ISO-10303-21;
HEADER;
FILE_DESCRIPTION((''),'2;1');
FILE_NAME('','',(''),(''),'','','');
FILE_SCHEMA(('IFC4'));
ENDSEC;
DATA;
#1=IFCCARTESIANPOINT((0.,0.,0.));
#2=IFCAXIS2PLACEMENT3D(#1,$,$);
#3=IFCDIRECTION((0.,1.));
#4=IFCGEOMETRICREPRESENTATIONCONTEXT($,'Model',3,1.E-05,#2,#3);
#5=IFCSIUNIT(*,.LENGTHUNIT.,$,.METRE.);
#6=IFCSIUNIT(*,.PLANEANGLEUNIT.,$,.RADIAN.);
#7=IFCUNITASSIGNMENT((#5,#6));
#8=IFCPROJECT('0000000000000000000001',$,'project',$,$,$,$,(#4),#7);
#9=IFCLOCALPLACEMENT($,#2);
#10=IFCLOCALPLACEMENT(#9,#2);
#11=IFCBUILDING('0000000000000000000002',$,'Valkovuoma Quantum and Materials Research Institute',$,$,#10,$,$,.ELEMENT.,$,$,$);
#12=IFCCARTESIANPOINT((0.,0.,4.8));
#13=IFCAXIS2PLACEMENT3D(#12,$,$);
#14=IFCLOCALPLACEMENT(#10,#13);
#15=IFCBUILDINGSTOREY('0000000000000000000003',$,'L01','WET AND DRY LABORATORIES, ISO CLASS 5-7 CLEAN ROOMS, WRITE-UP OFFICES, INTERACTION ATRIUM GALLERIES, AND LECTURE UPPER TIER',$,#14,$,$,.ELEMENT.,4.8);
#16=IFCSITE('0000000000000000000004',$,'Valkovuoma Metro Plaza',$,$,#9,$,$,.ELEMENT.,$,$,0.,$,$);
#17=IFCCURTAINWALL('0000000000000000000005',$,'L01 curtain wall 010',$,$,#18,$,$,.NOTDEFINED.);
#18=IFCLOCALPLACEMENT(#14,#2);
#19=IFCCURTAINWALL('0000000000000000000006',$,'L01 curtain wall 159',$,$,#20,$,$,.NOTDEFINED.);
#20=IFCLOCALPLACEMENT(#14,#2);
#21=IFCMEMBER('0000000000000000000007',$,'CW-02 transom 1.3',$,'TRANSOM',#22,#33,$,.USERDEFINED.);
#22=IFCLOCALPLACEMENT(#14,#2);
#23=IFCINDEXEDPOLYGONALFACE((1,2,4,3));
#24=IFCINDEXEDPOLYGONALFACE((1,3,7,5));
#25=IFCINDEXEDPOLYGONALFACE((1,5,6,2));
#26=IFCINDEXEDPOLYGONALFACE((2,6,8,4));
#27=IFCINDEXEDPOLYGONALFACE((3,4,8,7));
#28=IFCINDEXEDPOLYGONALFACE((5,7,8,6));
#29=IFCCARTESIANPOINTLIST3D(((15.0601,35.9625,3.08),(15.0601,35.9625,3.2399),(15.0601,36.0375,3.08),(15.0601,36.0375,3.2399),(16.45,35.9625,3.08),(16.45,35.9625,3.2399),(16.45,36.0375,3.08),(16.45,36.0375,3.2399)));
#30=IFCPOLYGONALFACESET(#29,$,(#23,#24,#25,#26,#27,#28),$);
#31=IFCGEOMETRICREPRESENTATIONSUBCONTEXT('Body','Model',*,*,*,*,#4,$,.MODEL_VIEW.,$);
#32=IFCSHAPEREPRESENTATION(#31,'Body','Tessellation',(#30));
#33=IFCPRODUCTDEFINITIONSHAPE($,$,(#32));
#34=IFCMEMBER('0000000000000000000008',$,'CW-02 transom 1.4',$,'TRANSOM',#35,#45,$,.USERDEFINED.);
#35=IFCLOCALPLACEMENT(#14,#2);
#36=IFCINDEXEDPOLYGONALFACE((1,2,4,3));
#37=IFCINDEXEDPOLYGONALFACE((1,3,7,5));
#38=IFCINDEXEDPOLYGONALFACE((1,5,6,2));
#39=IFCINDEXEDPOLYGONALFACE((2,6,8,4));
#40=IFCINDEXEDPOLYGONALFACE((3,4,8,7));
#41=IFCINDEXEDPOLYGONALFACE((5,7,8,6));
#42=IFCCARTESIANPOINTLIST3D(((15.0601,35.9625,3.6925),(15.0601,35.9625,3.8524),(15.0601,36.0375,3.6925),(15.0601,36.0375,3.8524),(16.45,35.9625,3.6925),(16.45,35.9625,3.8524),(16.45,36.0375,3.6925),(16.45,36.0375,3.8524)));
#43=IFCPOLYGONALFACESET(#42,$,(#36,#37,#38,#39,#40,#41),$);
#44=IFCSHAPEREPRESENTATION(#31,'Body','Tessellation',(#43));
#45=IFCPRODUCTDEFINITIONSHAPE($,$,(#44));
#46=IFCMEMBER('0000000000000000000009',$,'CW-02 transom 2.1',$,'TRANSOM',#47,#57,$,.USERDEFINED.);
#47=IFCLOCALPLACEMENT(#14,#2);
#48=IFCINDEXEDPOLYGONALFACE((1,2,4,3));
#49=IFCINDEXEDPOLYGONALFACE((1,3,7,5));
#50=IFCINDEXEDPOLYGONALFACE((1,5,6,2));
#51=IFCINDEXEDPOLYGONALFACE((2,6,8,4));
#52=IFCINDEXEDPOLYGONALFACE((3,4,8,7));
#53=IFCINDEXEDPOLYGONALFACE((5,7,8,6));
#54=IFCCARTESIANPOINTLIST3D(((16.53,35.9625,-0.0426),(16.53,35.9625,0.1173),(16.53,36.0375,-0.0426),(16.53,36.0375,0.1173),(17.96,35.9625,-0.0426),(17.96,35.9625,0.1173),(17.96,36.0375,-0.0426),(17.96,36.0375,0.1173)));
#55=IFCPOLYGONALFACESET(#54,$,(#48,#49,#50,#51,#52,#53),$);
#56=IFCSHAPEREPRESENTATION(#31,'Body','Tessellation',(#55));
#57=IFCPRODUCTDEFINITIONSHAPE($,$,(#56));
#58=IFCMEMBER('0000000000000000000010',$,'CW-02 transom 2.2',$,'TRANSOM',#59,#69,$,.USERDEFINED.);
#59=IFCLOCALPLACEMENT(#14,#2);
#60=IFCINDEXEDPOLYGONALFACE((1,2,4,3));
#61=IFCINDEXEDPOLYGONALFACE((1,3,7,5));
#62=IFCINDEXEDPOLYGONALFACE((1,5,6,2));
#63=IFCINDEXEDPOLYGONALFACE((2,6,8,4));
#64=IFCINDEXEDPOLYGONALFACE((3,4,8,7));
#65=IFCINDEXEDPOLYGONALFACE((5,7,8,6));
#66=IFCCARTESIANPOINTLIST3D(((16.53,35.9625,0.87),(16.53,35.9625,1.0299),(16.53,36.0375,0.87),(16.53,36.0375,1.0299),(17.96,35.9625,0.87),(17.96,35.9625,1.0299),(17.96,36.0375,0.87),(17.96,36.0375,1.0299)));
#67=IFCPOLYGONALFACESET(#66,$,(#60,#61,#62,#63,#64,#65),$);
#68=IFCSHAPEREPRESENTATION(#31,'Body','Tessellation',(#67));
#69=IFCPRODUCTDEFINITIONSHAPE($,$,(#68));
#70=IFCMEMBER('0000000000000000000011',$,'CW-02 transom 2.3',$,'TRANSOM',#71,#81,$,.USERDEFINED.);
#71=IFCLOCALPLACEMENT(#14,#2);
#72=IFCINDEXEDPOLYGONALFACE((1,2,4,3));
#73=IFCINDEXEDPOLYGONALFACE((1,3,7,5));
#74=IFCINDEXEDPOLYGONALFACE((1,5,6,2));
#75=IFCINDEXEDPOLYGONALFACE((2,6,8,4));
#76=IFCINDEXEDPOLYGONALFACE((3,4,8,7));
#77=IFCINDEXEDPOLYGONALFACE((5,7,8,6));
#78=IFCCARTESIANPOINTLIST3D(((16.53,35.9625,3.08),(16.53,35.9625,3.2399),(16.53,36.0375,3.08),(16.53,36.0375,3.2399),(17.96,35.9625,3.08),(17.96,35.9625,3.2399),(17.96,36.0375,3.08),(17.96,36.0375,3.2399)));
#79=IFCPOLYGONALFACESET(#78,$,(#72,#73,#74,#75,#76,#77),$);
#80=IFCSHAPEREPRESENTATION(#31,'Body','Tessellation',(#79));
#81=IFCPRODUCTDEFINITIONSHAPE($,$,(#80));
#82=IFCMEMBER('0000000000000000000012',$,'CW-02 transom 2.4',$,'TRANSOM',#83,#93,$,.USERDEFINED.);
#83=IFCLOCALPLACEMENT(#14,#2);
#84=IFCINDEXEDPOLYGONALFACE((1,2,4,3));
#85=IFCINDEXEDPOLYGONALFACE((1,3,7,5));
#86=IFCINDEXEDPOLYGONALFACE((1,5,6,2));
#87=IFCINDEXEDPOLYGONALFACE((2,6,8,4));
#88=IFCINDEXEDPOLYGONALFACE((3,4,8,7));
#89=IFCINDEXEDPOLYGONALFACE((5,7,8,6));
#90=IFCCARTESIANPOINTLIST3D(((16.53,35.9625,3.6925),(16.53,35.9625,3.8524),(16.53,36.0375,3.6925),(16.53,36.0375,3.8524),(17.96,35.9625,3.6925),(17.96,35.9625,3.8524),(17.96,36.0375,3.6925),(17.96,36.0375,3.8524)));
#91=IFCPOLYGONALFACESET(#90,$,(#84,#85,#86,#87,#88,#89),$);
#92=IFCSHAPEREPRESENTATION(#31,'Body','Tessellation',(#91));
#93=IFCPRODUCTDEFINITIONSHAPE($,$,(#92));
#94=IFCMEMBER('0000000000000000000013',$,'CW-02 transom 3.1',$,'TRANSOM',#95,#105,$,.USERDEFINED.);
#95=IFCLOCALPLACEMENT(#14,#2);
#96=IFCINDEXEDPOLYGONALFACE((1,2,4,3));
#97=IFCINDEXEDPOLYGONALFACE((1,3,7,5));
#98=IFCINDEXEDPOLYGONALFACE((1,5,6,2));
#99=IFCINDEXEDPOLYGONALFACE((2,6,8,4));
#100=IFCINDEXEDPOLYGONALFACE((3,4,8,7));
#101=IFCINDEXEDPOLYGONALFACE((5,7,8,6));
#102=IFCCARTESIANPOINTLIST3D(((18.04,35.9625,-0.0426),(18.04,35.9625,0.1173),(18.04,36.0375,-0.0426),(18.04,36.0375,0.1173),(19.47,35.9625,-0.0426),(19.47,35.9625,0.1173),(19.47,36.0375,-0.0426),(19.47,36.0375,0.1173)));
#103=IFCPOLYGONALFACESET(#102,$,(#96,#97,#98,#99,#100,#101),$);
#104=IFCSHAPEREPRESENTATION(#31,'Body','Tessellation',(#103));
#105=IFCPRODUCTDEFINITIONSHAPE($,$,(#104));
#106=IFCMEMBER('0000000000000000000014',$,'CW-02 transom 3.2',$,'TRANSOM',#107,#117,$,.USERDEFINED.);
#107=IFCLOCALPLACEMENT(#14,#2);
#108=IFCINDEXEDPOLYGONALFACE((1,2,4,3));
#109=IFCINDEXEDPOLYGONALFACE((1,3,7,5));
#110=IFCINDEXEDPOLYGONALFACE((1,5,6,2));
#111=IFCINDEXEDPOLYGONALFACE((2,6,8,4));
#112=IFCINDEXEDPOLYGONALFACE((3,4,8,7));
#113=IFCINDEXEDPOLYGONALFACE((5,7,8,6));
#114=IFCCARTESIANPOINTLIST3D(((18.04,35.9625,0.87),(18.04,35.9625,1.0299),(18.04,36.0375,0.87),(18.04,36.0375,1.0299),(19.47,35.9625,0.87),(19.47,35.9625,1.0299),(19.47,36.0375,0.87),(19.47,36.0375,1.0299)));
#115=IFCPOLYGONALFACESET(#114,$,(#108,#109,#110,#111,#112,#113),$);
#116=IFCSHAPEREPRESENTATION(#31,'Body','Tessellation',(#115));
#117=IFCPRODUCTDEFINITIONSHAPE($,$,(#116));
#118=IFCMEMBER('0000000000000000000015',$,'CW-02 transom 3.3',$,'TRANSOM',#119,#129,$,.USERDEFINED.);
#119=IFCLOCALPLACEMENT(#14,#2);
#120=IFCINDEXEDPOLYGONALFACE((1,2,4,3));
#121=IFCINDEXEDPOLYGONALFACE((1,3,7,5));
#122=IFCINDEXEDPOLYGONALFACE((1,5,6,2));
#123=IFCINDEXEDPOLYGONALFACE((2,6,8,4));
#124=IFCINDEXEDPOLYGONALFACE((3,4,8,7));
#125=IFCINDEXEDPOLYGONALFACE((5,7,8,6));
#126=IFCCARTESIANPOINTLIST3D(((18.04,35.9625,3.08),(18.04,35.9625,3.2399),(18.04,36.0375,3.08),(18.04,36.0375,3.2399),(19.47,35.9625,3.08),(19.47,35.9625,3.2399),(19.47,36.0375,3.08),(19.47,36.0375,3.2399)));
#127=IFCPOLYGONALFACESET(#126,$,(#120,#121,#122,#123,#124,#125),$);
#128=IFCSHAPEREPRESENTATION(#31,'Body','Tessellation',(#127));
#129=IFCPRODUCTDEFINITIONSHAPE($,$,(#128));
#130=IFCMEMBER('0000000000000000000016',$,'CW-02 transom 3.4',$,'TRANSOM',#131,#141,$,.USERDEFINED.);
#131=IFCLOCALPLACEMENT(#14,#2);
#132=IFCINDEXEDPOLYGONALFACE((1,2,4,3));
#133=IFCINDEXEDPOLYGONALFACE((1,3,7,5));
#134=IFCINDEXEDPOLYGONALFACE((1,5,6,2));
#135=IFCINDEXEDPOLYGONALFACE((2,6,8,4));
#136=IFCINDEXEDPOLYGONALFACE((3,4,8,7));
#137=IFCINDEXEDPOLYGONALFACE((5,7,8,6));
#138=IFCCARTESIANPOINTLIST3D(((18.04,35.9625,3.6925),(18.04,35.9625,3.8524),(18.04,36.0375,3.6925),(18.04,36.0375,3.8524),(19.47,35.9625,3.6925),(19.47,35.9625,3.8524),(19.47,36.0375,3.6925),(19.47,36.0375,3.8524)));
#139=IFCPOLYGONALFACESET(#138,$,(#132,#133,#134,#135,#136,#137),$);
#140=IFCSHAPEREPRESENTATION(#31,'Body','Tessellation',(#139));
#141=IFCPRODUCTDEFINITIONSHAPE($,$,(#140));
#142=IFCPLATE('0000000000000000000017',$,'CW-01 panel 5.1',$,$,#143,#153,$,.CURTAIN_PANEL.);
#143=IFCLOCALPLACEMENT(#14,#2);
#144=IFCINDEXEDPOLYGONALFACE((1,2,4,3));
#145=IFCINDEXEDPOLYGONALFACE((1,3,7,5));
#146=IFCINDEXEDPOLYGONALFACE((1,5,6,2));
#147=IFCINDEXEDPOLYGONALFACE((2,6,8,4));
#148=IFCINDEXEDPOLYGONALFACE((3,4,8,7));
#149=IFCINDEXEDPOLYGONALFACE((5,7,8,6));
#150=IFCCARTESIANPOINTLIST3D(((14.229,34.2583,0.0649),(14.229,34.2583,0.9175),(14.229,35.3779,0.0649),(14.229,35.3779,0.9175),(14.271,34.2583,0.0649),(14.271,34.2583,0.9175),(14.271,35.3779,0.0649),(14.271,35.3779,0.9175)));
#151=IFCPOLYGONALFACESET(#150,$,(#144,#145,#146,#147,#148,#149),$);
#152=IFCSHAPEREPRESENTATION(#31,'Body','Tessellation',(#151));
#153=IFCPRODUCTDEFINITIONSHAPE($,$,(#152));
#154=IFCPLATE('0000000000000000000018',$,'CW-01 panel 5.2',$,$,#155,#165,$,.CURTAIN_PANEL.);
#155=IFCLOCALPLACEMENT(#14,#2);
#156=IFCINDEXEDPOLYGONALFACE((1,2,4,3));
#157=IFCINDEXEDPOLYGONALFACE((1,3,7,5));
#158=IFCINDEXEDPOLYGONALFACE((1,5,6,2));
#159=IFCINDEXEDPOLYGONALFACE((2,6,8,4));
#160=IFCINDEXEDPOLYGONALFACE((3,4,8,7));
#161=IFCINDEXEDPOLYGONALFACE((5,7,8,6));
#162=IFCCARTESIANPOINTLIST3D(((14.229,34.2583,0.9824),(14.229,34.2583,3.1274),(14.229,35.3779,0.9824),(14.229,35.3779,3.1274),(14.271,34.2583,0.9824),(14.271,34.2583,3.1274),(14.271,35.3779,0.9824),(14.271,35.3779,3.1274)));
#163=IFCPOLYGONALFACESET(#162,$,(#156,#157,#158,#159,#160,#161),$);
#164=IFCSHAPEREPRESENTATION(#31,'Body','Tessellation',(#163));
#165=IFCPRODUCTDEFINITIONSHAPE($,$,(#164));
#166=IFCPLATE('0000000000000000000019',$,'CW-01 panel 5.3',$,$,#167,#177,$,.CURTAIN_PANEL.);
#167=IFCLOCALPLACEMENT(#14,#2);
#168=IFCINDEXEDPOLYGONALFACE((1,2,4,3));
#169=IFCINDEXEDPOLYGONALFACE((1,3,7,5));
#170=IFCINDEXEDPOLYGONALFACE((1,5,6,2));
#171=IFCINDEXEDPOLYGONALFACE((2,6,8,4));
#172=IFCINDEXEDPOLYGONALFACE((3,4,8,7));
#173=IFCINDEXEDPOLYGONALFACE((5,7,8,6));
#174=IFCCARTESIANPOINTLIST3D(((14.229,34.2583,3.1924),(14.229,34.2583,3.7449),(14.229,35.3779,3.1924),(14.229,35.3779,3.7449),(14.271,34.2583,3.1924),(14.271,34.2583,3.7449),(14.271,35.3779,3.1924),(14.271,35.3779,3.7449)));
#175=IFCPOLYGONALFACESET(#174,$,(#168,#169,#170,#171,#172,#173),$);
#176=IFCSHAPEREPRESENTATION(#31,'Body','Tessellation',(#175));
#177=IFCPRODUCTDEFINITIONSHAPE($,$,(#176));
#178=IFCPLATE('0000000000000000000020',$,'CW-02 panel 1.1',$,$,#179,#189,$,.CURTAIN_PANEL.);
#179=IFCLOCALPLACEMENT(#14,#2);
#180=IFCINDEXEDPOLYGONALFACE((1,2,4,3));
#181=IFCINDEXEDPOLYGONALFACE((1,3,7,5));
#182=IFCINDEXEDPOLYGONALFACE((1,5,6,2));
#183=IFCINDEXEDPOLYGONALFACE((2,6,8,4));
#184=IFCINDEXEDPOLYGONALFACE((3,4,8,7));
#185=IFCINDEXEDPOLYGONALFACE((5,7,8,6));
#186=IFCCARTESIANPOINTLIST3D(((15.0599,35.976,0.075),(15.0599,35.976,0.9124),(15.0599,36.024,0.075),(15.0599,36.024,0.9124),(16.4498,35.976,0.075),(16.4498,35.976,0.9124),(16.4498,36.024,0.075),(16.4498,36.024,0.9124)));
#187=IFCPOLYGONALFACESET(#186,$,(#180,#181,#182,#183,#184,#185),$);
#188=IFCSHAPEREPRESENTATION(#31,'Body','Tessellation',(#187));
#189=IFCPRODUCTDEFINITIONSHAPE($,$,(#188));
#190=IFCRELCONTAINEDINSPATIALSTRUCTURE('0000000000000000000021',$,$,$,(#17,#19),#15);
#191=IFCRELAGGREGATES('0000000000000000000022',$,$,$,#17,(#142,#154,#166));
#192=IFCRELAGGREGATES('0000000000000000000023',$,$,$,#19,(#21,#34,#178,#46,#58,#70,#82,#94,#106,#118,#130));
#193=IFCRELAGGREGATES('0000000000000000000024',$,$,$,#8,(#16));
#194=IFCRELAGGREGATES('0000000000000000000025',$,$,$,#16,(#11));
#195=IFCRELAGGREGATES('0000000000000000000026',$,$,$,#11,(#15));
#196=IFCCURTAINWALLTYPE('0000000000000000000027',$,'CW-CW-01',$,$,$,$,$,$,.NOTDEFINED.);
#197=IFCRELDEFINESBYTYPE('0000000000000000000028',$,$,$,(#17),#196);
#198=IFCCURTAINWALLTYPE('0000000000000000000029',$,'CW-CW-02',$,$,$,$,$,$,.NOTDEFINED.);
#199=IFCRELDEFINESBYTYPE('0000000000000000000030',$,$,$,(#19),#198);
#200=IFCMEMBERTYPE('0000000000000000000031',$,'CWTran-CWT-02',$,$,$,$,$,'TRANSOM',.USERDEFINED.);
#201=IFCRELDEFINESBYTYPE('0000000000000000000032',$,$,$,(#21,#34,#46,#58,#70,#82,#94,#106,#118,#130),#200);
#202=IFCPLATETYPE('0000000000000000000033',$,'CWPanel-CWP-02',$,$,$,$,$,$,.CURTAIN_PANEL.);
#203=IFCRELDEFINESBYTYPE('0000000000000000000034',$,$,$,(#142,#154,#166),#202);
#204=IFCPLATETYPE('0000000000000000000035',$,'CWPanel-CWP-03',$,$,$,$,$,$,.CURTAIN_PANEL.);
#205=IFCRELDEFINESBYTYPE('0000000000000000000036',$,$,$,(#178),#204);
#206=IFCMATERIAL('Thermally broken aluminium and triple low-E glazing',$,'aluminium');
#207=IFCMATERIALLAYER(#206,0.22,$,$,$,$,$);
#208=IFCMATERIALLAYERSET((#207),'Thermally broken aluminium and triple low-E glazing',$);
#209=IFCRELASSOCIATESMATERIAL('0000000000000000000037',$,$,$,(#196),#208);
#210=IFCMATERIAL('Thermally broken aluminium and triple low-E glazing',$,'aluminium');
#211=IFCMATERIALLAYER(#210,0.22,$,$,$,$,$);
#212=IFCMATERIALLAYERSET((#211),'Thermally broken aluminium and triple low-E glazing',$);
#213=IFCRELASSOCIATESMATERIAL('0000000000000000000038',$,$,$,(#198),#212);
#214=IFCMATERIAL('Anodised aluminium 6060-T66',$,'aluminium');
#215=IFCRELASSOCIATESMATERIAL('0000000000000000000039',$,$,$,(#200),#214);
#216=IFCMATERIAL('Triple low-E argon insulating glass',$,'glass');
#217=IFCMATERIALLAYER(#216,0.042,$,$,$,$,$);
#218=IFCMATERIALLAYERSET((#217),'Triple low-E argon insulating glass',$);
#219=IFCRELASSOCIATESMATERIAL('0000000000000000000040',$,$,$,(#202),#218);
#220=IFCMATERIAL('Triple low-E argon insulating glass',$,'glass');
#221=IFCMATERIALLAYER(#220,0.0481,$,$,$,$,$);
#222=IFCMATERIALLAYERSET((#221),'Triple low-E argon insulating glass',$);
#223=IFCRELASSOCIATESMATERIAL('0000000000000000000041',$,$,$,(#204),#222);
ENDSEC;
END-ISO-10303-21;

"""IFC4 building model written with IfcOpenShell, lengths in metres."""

from ifc_helpers import new_model, si_unit, direction, frame, origin, origin_2d, place, context, subcontext, project, spatial, rectangle, extrude, material, layer, layer_set, material_profile, profile_set, type_object, element, aggregate, save


model = new_model("IFC4")

# Units and contexts
model_context = context("Model", 3, precision=1e-05, world=origin(), true_north=direction((0.0, 1.0)))
body_context = subcontext(model_context, "Body", "Model", "MODEL_VIEW")
ifc_project = project(units=[si_unit("LENGTHUNIT", "METRE"), si_unit("PLANEANGLEUNIT", "RADIAN")], contexts=[model_context])

# Site, building, storey
site_placement = place(None, origin())
site = spatial("IfcSite", under=ifc_project, at=site_placement, Name="Valkovuoma Metro Plaza", CompositionType="ELEMENT", RefElevation=0.0)
building_placement = place(site_placement, origin())
building = spatial("IfcBuilding", under=site, at=building_placement, Name="Valkovuoma Quantum and Materials Research Institute", CompositionType="ELEMENT")
storey_placement = place(building_placement, frame((0.0, 0.0, 4.8)))
storey = spatial("IfcBuildingStorey", under=building, at=storey_placement, Name="L01", Description="WET AND DRY LABORATORIES, ISO CLASS 5-7 CLEAN ROOMS, WRITE-UP OFFICES, INTERACTION ATRIUM GALLERIES, AND LECTURE UPPER TIER", CompositionType="ELEMENT", Elevation=4.8)

# Curtain wall
ifc_material_1 = material(Name="Thermally broken aluminium and triple low-E glazing", Category="aluminium")
ifc_layer_1 = layer(ifc_material_1, 0.22)
ifc_layer_set_1 = layer_set([ifc_layer_1], Name="Thermally broken aluminium and triple low-E glazing")
curtain_wall_type_1 = type_object("IfcCurtainWallType", Name="CW-CW-01", PredefinedType="NOTDEFINED", material=ifc_layer_set_1)
curtain_wall_1_placement = place(storey_placement, origin())
curtain_wall_1 = element("IfcCurtainWall", 1, at=curtain_wall_1_placement, inside=storey, type_object=curtain_wall_type_1, Name="L01 curtain wall 010", PredefinedType="NOTDEFINED")

# Curtain wall
ifc_material_2 = material(Name="Thermally broken aluminium and triple low-E glazing", Category="aluminium")
ifc_layer_2 = layer(ifc_material_2, 0.22)
ifc_layer_set_2 = layer_set([ifc_layer_2], Name="Thermally broken aluminium and triple low-E glazing")
curtain_wall_type_2 = type_object("IfcCurtainWallType", Name="CW-CW-02", PredefinedType="NOTDEFINED", material=ifc_layer_set_2)
curtain_wall_2_placement = place(storey_placement, origin())
curtain_wall_2 = element("IfcCurtainWall", 2, at=curtain_wall_2_placement, inside=storey, type_object=curtain_wall_type_2, Name="L01 curtain wall 159", PredefinedType="NOTDEFINED")

# Members
ifc_material_3 = material(Name="Anodised aluminium 6060-T66", Category="aluminium")
ifc_material_profile_1 = material_profile(ifc_material_3, rectangle(XDim=0.075, YDim=0.1599, at=origin_2d()), Name="Anodised aluminium 6060-T66")
ifc_profile_set_1 = profile_set([ifc_material_profile_1], Name="Anodised aluminium 6060-T66")
member_type_1 = type_object("IfcMemberType", Name="CWTran-CWT-02", ElementType="TRANSOM", PredefinedType="USERDEFINED", material=ifc_profile_set_1)
member_1_placement = place(storey_placement, frame((15.0601, 36.0, 3.1599), z_axis=(1.0, 0.0, 0.0), x_axis=(0.0, 1.0, 0.0)))
member_1 = element("IfcMember", 3, at=member_1_placement, type_object=member_type_1, Name="CW-02 transom 1.3", ObjectType="TRANSOM", PredefinedType="USERDEFINED", context=body_context, shape_type="SweptSolid", body=[
    extrude(rectangle(XDim=0.075, YDim=0.1599, at=origin_2d()), origin(), (0.0, 0.0, 1.0), 1.3899),
])
member_2_placement = place(storey_placement, frame((15.0601, 36.0, 3.7725), z_axis=(1.0, 0.0, 0.0), x_axis=(0.0, 1.0, 0.0)))
member_2 = element("IfcMember", 4, at=member_2_placement, type_object=member_type_1, Name="CW-02 transom 1.4", ObjectType="TRANSOM", PredefinedType="USERDEFINED", context=body_context, shape_type="SweptSolid", body=[
    extrude(rectangle(XDim=0.075, YDim=0.1599, at=origin_2d()), origin(), (0.0, 0.0, 1.0), 1.3899),
])
member_3_placement = place(storey_placement, frame((16.53, 36.0, 0.0374), z_axis=(1.0, 0.0, 0.0), x_axis=(0.0, 1.0, 0.0)))
member_3 = element("IfcMember", 5, at=member_3_placement, type_object=member_type_1, Name="CW-02 transom 2.1", ObjectType="TRANSOM", PredefinedType="USERDEFINED", context=body_context, shape_type="SweptSolid", body=[
    extrude(rectangle(XDim=0.075, YDim=0.1599, at=origin_2d()), origin(), (0.0, 0.0, 1.0), 1.4299),
])
member_4_placement = place(storey_placement, frame((16.53, 36.0, 0.95), z_axis=(1.0, 0.0, 0.0), x_axis=(0.0, 1.0, 0.0)))
member_4 = element("IfcMember", 6, at=member_4_placement, type_object=member_type_1, Name="CW-02 transom 2.2", ObjectType="TRANSOM", PredefinedType="USERDEFINED", context=body_context, shape_type="SweptSolid", body=[
    extrude(rectangle(XDim=0.075, YDim=0.1599, at=origin_2d()), origin(), (0.0, 0.0, 1.0), 1.4299),
])
member_5_placement = place(storey_placement, frame((16.53, 36.0, 3.1599), z_axis=(1.0, 0.0, 0.0), x_axis=(0.0, 1.0, 0.0)))
member_5 = element("IfcMember", 7, at=member_5_placement, type_object=member_type_1, Name="CW-02 transom 2.3", ObjectType="TRANSOM", PredefinedType="USERDEFINED", context=body_context, shape_type="SweptSolid", body=[
    extrude(rectangle(XDim=0.075, YDim=0.1599, at=origin_2d()), origin(), (0.0, 0.0, 1.0), 1.4299),
])
member_6_placement = place(storey_placement, frame((16.53, 36.0, 3.7725), z_axis=(1.0, 0.0, 0.0), x_axis=(0.0, 1.0, 0.0)))
member_6 = element("IfcMember", 8, at=member_6_placement, type_object=member_type_1, Name="CW-02 transom 2.4", ObjectType="TRANSOM", PredefinedType="USERDEFINED", context=body_context, shape_type="SweptSolid", body=[
    extrude(rectangle(XDim=0.075, YDim=0.1599, at=origin_2d()), origin(), (0.0, 0.0, 1.0), 1.4299),
])
member_7_placement = place(storey_placement, frame((18.04, 36.0, 0.0374), z_axis=(1.0, 0.0, 0.0), x_axis=(0.0, 1.0, 0.0)))
member_7 = element("IfcMember", 9, at=member_7_placement, type_object=member_type_1, Name="CW-02 transom 3.1", ObjectType="TRANSOM", PredefinedType="USERDEFINED", context=body_context, shape_type="SweptSolid", body=[
    extrude(rectangle(XDim=0.075, YDim=0.1599, at=origin_2d()), origin(), (0.0, 0.0, 1.0), 1.4299),
])
member_8_placement = place(storey_placement, frame((18.04, 36.0, 0.95), z_axis=(1.0, 0.0, 0.0), x_axis=(0.0, 1.0, 0.0)))
member_8 = element("IfcMember", 10, at=member_8_placement, type_object=member_type_1, Name="CW-02 transom 3.2", ObjectType="TRANSOM", PredefinedType="USERDEFINED", context=body_context, shape_type="SweptSolid", body=[
    extrude(rectangle(XDim=0.075, YDim=0.1599, at=origin_2d()), origin(), (0.0, 0.0, 1.0), 1.4299),
])
member_9_placement = place(storey_placement, frame((18.04, 36.0, 3.1599), z_axis=(1.0, 0.0, 0.0), x_axis=(0.0, 1.0, 0.0)))
member_9 = element("IfcMember", 11, at=member_9_placement, type_object=member_type_1, Name="CW-02 transom 3.3", ObjectType="TRANSOM", PredefinedType="USERDEFINED", context=body_context, shape_type="SweptSolid", body=[
    extrude(rectangle(XDim=0.075, YDim=0.1599, at=origin_2d()), origin(), (0.0, 0.0, 1.0), 1.4299),
])
member_10_placement = place(storey_placement, frame((18.04, 36.0, 3.7725), z_axis=(1.0, 0.0, 0.0), x_axis=(0.0, 1.0, 0.0)))
member_10 = element("IfcMember", 12, at=member_10_placement, type_object=member_type_1, Name="CW-02 transom 3.4", ObjectType="TRANSOM", PredefinedType="USERDEFINED", context=body_context, shape_type="SweptSolid", body=[
    extrude(rectangle(XDim=0.075, YDim=0.1599, at=origin_2d()), origin(), (0.0, 0.0, 1.0), 1.4299),
])

# Plates
ifc_material_4 = material(Name="Triple low-E argon insulating glass", Category="glass")
ifc_layer_3 = layer(ifc_material_4, 0.042)
ifc_layer_set_3 = layer_set([ifc_layer_3], Name="Triple low-E argon insulating glass")
plate_type_1 = type_object("IfcPlateType", Name="CWPanel-CWP-02", PredefinedType="CURTAIN_PANEL", material=ifc_layer_set_3)
plate_1_placement = place(storey_placement, frame((14.25, 34.8181, 0.0649), z_axis=(0.0, 0.0, 1.0), x_axis=(0.0, 1.0, 0.0)))
plate_1 = element("IfcPlate", 13, at=plate_1_placement, type_object=plate_type_1, Name="CW-01 panel 5.1", PredefinedType="CURTAIN_PANEL", context=body_context, shape_type="SweptSolid", body=[
    extrude(rectangle(XDim=1.1196, YDim=0.042, at=origin_2d()), origin(), (0.0, 0.0, 1.0), 0.8525),
])
plate_2_placement = place(storey_placement, frame((14.25, 34.8181, 0.9824), z_axis=(0.0, 0.0, 1.0), x_axis=(0.0, 1.0, 0.0)))
plate_2 = element("IfcPlate", 14, at=plate_2_placement, type_object=plate_type_1, Name="CW-01 panel 5.2", PredefinedType="CURTAIN_PANEL", context=body_context, shape_type="SweptSolid", body=[
    extrude(rectangle(XDim=1.1196, YDim=0.042, at=origin_2d()), origin(), (0.0, 0.0, 1.0), 2.145),
])
plate_3_placement = place(storey_placement, frame((14.25, 34.8181, 3.1924), z_axis=(0.0, 0.0, 1.0), x_axis=(0.0, 1.0, 0.0)))
plate_3 = element("IfcPlate", 15, at=plate_3_placement, type_object=plate_type_1, Name="CW-01 panel 5.3", PredefinedType="CURTAIN_PANEL", context=body_context, shape_type="SweptSolid", body=[
    extrude(rectangle(XDim=1.1196, YDim=0.042, at=origin_2d()), origin(), (0.0, 0.0, 1.0), 0.5525),
])
aggregate(curtain_wall_1, [plate_1, plate_2, plate_3])
ifc_material_5 = material(Name="Triple low-E argon insulating glass", Category="glass")
ifc_layer_4 = layer(ifc_material_5, 0.0481)
ifc_layer_set_4 = layer_set([ifc_layer_4], Name="Triple low-E argon insulating glass")
plate_type_2 = type_object("IfcPlateType", Name="CWPanel-CWP-03", PredefinedType="CURTAIN_PANEL", material=ifc_layer_set_4)
plate_4_placement = place(storey_placement, frame((15.7549, 36.0, 0.075), z_axis=(0.0, 0.0, 1.0), x_axis=(1.0, 0.0, 0.0)))
plate_4 = element("IfcPlate", 16, at=plate_4_placement, type_object=plate_type_2, Name="CW-02 panel 1.1", PredefinedType="CURTAIN_PANEL", context=body_context, shape_type="SweptSolid", body=[
    extrude(rectangle(XDim=1.3899, YDim=0.0481, at=origin_2d()), origin(), (0.0, 0.0, 1.0), 0.8374),
])
aggregate(curtain_wall_2, [member_1, member_2, plate_4, member_3, member_4, member_5, member_6, member_7, member_8, member_9, member_10])

save(model, "model.ifc")
